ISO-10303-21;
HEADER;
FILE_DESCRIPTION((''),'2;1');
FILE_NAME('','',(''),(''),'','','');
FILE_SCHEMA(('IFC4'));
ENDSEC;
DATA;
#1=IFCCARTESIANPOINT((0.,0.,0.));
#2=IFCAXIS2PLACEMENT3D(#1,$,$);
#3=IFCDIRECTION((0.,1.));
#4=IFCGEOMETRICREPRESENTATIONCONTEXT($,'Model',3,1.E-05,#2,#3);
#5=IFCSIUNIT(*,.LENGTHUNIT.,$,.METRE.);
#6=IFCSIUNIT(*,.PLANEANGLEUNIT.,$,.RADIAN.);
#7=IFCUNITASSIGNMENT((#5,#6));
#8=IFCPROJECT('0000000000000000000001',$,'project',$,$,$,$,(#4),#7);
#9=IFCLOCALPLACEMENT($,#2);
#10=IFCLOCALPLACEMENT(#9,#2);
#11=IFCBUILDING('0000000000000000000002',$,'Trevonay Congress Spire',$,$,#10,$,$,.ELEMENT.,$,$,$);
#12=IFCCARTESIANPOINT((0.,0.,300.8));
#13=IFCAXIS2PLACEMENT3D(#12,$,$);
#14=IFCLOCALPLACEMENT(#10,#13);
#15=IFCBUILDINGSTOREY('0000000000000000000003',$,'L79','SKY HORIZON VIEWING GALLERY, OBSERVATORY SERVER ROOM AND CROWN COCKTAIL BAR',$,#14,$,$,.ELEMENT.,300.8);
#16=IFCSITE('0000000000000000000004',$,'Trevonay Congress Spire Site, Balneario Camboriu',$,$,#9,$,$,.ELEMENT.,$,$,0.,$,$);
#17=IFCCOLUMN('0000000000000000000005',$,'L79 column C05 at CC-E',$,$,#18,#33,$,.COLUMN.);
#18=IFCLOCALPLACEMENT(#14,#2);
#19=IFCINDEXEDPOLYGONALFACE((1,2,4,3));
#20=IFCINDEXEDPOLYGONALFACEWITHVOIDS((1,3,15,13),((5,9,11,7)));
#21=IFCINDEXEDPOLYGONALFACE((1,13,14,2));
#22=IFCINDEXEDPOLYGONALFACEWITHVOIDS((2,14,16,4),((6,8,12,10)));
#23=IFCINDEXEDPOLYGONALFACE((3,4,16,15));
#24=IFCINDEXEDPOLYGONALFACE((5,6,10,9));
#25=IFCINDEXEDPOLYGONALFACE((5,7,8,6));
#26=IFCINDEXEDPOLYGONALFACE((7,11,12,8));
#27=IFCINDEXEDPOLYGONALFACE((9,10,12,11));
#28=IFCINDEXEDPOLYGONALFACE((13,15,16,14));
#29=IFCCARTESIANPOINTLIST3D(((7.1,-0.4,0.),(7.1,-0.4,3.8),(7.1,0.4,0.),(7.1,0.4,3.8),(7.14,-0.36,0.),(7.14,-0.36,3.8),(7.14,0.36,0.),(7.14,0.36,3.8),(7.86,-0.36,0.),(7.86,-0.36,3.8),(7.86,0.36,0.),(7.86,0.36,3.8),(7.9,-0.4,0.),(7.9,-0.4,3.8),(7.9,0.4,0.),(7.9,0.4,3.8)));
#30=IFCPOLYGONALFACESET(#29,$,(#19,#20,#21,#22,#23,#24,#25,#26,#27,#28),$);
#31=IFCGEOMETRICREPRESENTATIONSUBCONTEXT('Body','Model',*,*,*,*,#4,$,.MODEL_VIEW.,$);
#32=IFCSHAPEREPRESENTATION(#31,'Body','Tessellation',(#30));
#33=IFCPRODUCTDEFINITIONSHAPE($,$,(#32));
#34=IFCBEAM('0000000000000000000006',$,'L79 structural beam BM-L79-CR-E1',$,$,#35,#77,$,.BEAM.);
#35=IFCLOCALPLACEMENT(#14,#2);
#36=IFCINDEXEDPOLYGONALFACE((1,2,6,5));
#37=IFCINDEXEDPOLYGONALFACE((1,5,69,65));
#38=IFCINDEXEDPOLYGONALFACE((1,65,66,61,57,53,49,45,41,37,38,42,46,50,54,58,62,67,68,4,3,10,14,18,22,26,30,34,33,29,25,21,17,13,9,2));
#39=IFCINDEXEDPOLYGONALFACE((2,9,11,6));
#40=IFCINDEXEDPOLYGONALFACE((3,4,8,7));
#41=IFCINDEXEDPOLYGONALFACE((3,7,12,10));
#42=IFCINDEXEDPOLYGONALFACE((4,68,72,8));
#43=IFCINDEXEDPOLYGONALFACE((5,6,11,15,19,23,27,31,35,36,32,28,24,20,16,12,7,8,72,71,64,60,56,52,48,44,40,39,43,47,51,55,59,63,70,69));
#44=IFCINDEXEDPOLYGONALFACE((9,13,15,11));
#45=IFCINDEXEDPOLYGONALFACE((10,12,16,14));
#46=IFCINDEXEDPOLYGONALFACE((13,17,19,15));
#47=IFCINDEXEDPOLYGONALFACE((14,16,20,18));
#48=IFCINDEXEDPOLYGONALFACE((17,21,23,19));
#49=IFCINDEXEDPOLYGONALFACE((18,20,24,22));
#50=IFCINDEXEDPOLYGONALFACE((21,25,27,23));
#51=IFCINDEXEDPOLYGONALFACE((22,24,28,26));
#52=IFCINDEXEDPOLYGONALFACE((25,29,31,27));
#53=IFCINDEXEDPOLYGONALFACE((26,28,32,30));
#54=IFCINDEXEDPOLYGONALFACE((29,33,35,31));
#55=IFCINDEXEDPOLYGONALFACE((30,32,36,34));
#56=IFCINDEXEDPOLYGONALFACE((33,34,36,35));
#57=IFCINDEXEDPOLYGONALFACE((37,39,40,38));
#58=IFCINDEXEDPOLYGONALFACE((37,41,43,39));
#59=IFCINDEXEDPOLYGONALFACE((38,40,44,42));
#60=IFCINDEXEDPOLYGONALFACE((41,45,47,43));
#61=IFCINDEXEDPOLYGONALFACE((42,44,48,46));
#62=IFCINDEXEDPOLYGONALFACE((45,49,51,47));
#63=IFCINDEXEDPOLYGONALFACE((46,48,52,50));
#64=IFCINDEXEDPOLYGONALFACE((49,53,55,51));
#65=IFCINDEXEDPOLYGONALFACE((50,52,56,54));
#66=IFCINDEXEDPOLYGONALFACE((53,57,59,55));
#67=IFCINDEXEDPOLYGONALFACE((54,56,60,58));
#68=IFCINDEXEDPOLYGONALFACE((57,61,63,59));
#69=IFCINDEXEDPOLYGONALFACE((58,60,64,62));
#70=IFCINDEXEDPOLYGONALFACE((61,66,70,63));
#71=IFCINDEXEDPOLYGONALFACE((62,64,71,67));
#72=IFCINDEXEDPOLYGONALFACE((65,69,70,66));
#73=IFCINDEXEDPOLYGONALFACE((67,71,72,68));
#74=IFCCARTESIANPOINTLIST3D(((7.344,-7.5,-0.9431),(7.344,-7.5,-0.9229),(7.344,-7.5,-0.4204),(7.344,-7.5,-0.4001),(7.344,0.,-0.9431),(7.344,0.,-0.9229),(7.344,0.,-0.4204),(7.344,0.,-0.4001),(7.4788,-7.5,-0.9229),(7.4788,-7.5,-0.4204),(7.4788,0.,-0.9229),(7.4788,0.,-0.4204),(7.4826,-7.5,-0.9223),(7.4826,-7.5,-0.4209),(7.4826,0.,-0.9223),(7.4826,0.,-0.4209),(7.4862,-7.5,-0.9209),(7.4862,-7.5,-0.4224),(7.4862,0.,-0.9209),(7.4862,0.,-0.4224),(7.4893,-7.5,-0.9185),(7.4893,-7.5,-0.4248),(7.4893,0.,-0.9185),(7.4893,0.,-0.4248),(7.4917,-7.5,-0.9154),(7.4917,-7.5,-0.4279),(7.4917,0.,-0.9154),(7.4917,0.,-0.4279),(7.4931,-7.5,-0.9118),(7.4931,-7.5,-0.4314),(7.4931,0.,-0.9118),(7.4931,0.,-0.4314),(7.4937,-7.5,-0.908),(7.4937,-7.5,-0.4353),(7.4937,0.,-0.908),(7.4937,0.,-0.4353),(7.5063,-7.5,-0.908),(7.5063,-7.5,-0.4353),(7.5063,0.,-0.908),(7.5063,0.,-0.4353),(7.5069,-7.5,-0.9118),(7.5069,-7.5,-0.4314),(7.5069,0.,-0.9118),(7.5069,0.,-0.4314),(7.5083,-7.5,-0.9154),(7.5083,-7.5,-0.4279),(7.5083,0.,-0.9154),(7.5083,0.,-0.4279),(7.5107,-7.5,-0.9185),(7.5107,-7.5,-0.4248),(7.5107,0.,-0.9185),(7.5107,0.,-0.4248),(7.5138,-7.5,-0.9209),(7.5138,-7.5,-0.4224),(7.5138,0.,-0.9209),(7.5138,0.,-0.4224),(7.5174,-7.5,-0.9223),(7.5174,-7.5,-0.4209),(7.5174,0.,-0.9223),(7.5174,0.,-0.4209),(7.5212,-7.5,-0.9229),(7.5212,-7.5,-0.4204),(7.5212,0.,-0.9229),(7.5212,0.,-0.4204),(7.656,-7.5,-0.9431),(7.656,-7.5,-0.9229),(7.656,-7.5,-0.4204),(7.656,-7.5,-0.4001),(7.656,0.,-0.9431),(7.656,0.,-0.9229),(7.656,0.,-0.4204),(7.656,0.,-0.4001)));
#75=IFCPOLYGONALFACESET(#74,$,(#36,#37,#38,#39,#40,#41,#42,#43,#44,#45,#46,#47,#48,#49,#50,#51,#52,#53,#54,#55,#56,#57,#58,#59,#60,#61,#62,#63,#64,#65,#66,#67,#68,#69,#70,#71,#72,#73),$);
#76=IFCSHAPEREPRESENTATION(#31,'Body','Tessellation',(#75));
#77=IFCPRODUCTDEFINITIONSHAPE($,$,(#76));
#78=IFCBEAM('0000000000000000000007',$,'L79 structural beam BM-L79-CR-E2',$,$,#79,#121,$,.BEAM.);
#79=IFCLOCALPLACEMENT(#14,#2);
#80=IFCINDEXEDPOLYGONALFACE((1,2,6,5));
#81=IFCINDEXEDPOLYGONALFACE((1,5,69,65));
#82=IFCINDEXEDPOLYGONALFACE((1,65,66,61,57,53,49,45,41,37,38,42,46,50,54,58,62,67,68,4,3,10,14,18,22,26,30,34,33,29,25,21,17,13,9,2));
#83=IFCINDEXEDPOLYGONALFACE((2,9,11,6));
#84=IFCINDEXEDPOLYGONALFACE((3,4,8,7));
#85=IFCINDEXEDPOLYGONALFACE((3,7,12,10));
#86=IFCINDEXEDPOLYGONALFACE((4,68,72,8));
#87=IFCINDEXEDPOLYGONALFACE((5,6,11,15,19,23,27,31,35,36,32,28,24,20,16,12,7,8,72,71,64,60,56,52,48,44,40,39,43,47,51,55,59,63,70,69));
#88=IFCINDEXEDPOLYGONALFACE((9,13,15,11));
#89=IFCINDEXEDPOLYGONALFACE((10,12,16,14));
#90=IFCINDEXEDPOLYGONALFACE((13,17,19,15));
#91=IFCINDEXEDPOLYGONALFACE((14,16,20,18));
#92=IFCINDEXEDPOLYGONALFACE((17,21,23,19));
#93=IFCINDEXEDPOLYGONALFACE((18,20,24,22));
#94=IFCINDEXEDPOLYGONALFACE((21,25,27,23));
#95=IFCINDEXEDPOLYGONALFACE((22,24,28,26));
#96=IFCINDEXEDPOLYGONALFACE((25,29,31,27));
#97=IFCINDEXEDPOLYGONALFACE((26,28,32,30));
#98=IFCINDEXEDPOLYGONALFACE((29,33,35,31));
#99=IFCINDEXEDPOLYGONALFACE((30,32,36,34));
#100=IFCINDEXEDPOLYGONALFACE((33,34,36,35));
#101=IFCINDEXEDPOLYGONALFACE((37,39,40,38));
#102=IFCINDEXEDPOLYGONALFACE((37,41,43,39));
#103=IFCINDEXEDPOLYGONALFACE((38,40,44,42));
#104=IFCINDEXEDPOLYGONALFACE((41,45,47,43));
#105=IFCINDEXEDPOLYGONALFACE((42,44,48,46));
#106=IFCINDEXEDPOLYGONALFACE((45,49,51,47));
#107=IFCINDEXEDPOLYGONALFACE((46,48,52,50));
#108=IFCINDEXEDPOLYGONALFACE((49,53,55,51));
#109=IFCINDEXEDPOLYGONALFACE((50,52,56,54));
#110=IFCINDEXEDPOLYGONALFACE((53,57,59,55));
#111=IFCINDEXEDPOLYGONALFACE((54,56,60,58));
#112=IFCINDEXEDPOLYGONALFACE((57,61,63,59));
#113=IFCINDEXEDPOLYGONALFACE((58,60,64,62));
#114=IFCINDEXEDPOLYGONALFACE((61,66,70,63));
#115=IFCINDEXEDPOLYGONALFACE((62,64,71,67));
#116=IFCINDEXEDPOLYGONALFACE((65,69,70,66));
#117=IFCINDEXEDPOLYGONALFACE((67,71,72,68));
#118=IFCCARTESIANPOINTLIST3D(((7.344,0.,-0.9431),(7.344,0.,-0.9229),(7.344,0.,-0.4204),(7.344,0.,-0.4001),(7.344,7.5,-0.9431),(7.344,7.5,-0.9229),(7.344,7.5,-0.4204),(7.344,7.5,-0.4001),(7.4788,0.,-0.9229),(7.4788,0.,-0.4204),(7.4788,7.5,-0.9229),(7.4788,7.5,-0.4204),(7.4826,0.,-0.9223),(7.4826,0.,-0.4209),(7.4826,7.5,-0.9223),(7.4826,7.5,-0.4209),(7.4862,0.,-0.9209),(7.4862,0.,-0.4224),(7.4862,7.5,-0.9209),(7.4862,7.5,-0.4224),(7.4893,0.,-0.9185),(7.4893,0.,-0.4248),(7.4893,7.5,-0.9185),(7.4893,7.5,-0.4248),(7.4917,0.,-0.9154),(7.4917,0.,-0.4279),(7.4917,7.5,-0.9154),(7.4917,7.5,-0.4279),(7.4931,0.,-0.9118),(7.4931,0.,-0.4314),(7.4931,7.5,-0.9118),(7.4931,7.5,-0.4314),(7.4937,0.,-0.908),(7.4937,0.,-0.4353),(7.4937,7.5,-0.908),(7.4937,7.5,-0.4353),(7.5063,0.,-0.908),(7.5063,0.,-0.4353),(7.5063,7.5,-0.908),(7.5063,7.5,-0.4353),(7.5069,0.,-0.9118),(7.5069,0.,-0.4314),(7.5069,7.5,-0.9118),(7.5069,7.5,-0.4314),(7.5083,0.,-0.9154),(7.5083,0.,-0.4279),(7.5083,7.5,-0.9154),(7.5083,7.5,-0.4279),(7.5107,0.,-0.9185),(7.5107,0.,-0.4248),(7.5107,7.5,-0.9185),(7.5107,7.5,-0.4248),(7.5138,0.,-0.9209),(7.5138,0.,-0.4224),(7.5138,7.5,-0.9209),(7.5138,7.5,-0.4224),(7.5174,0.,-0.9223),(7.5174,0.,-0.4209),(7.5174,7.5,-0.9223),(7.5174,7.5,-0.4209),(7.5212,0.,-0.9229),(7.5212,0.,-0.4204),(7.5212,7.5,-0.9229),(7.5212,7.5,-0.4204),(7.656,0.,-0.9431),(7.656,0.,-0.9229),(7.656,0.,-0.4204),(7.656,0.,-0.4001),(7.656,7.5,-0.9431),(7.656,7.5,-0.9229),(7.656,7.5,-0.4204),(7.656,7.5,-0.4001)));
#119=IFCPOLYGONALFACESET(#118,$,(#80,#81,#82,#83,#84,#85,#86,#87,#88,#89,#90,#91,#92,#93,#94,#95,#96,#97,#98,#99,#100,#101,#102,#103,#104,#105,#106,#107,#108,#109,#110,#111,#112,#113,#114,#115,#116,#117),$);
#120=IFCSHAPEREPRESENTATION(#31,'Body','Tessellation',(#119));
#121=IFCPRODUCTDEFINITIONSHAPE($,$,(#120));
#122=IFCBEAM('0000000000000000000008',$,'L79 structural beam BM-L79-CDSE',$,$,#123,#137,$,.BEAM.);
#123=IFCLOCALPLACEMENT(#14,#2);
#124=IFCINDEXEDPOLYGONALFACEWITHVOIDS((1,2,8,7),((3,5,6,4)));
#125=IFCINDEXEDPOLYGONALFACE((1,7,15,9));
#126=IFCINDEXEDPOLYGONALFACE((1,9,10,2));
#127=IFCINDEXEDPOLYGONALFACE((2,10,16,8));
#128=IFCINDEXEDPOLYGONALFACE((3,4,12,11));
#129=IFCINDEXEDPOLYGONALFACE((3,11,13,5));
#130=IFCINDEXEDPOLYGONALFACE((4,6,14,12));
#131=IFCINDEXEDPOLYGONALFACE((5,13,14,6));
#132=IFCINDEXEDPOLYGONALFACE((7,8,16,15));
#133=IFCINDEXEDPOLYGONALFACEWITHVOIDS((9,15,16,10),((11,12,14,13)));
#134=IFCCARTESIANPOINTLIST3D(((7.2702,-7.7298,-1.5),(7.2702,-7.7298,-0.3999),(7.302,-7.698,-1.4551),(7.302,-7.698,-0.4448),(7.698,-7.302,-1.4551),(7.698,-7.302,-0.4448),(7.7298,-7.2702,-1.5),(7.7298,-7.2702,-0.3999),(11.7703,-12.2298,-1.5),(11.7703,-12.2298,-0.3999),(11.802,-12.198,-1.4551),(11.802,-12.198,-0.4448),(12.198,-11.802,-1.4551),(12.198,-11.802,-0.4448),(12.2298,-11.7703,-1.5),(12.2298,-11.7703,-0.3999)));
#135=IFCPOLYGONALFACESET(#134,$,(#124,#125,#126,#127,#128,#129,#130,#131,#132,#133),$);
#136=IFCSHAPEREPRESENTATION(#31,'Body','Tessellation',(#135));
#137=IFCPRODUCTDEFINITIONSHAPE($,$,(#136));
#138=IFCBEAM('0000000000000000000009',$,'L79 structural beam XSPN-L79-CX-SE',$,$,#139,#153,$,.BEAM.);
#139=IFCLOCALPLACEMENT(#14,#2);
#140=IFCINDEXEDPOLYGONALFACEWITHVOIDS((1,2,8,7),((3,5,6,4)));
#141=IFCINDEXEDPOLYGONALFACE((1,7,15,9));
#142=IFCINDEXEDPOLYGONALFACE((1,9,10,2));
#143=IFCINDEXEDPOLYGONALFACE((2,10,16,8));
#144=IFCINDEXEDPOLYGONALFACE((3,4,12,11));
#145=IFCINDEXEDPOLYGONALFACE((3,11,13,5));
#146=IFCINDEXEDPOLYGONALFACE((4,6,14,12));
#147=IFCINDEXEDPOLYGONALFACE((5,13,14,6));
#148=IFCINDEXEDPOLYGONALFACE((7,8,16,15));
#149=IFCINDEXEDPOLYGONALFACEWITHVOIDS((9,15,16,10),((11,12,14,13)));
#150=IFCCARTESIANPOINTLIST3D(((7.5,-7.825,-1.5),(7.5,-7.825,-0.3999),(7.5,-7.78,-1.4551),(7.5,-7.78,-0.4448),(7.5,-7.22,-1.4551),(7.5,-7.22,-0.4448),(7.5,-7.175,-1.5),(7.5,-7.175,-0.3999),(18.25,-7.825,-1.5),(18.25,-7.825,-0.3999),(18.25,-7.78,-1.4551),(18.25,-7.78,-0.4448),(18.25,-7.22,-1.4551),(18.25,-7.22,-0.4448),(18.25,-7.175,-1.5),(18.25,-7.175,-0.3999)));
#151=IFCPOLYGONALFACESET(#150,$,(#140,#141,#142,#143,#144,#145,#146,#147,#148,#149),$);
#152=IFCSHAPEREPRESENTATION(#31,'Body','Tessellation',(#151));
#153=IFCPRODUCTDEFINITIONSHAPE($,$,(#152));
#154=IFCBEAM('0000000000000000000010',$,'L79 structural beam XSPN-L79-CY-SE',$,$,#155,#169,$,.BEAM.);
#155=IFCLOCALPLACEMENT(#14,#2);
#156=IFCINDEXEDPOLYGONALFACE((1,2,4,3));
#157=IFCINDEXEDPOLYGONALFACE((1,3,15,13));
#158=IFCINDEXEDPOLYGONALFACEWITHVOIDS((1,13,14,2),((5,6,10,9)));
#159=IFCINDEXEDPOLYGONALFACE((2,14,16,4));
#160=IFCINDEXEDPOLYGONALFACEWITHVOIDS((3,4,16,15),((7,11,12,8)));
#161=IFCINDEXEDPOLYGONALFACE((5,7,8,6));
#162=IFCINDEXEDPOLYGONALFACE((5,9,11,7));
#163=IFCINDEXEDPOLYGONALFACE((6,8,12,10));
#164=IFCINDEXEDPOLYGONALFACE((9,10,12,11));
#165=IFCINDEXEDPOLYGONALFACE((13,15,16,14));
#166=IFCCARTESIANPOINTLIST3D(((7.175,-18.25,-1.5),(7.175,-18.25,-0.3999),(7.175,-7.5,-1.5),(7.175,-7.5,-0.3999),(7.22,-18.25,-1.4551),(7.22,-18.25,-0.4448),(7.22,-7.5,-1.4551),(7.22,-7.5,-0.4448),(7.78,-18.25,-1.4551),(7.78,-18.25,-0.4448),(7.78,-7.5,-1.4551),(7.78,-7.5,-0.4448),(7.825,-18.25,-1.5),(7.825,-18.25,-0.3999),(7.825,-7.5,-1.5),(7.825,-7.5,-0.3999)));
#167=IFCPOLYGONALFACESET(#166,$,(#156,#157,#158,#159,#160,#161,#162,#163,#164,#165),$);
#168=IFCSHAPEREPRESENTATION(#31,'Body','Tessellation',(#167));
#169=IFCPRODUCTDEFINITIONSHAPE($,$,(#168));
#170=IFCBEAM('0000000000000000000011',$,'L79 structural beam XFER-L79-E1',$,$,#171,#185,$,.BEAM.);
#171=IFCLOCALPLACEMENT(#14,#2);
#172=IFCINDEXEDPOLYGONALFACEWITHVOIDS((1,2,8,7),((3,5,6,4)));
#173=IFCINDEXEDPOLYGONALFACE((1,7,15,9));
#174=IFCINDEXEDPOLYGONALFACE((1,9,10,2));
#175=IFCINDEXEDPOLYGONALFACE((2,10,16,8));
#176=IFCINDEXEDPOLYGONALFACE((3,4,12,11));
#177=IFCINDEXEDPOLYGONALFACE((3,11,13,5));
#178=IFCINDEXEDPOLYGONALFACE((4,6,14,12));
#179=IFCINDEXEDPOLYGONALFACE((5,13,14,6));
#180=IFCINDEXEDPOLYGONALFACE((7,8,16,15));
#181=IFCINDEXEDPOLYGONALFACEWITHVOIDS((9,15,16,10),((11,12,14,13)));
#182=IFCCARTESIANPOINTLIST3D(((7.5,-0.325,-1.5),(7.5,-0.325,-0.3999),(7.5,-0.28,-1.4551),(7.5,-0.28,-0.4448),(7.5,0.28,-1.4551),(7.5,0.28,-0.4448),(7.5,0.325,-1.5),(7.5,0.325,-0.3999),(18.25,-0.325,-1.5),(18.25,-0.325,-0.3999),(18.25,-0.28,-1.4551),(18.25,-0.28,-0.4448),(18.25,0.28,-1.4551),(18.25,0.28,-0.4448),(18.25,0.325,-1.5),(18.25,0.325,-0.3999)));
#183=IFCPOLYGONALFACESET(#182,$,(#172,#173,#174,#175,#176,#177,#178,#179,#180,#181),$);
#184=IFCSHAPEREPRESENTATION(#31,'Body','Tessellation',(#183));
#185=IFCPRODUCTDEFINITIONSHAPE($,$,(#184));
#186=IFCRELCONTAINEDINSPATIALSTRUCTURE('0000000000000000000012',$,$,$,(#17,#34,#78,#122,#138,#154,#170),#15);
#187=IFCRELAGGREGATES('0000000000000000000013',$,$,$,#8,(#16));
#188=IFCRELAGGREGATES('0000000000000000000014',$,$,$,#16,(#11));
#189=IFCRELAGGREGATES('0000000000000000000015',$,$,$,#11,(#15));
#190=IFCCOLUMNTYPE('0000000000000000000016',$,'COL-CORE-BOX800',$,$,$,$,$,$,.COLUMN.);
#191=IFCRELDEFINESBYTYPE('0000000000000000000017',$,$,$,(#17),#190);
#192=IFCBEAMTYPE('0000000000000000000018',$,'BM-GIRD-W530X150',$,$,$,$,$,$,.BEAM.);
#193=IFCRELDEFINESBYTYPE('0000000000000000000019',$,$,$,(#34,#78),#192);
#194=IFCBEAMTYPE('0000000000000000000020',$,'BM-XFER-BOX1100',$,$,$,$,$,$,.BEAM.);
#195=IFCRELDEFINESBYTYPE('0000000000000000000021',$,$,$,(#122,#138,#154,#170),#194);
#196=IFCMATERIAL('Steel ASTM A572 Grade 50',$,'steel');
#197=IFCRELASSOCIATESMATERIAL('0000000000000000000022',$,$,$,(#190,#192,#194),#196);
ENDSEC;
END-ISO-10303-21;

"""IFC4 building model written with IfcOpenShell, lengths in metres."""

from ifc_helpers import new_model, si_unit, direction, frame, origin, origin_2d, place, context, subcontext, project, spatial, hollow_rectangle, i_section, extrude, material, material_profile, profile_set, type_object, element, save


model = new_model("IFC4")

# Units and contexts
model_context = context("Model", 3, precision=1e-05, world=origin(), true_north=direction((0.0, 1.0)))
body_context = subcontext(model_context, "Body", "Model", "MODEL_VIEW")
ifc_project = project(units=[si_unit("LENGTHUNIT", "METRE"), si_unit("PLANEANGLEUNIT", "RADIAN")], contexts=[model_context])

# Site, building, storey
site_placement = place(None, origin())
site = spatial("IfcSite", under=ifc_project, at=site_placement, Name="Trevonay Congress Spire Site, Balneario Camboriu", CompositionType="ELEMENT", RefElevation=0.0)
building_placement = place(site_placement, origin())
building = spatial("IfcBuilding", under=site, at=building_placement, Name="Trevonay Congress Spire", CompositionType="ELEMENT")
storey_placement = place(building_placement, frame((0.0, 0.0, 300.8)))
storey = spatial("IfcBuildingStorey", under=building, at=storey_placement, Name="L79", Description="SKY HORIZON VIEWING GALLERY, OBSERVATORY SERVER ROOM AND CROWN COCKTAIL BAR", CompositionType="ELEMENT", Elevation=300.8)

# Column
ifc_material_1 = material(Name="Steel ASTM A572 Grade 50", Category="steel")
ifc_material_profile_1 = material_profile(ifc_material_1, hollow_rectangle(XDim=0.8, YDim=0.8, WallThickness=0.04, at=origin_2d()), Name="BOX 800x800x40")
ifc_profile_set_1 = profile_set([ifc_material_profile_1], Name="Steel ASTM A572 Grade 50")
column_type = type_object("IfcColumnType", Name="COL-CORE-BOX800", PredefinedType="COLUMN", material=ifc_profile_set_1)
column_placement = place(storey_placement, frame((7.5, 0.0, 0.0), z_axis=(0.0, 0.0, 1.0), x_axis=(1.0, 0.0, 0.0)))
element("IfcColumn", 1, at=column_placement, inside=storey, type_object=column_type, Name="L79 column C05 at CC-E", PredefinedType="COLUMN", context=body_context, shape_type="SweptSolid", body=[
    extrude(hollow_rectangle(XDim=0.8, YDim=0.8, WallThickness=0.04, at=origin_2d()), origin(), (0.0, 0.0, 1.0), 3.8),
])

# Beams
ifc_material_profile_2 = material_profile(ifc_material_1, i_section(OverallWidth=0.312, OverallDepth=0.543, WebThickness=0.0127, FlangeThickness=0.0203, FilletRadius=0.0149, at=origin_2d()), Name="W530x150")
ifc_profile_set_2 = profile_set([ifc_material_profile_2], Name="Steel ASTM A572 Grade 50")
beam_type_1 = type_object("IfcBeamType", Name="BM-GIRD-W530X150", PredefinedType="BEAM", material=ifc_profile_set_2)
for number, where, z_axis, x_axis, name in (
    (2, (7.5, -7.5, -0.6716), (0.0, 1.0, 0.0), (-1.0, 0.0, 0.0), "L79 structural beam BM-L79-CR-E1"),
    (3, (7.5, 0.0, -0.6716), (0.0, 1.0, 0.0), (-1.0, 0.0, 0.0), "L79 structural beam BM-L79-CR-E2"),
):
    element("IfcBeam", number, at=place(storey_placement, frame(where, z_axis=z_axis, x_axis=x_axis)), inside=storey, type_object=beam_type_1, Name=name, PredefinedType="BEAM", context=body_context, shape_type="SweptSolid", body=[
        extrude(i_section(OverallWidth=0.312, OverallDepth=0.543, WebThickness=0.0127, FlangeThickness=0.0203, FilletRadius=0.0149, at=origin_2d()), origin(), (0.0, 0.0, 1.0), 7.5),
    ])
ifc_material_profile_3 = material_profile(ifc_material_1, hollow_rectangle(XDim=0.6499, YDim=1.1001, WallThickness=0.0449, at=origin_2d()), Name="BOX 1100x650x45")
ifc_profile_set_3 = profile_set([ifc_material_profile_3], Name="Steel ASTM A572 Grade 50")
beam_type_2 = type_object("IfcBeamType", Name="BM-XFER-BOX1100", PredefinedType="BEAM", material=ifc_profile_set_3)
beam_1_placement = place(storey_placement, frame((7.5, -7.5, -0.95), z_axis=(0.707107, -0.707107, 0.0), x_axis=(0.707107, 0.707107, 0.0)))
element("IfcBeam", 4, at=beam_1_placement, inside=storey, type_object=beam_type_2, Name="L79 structural beam BM-L79-CDSE", PredefinedType="BEAM", context=body_context, shape_type="SweptSolid", body=[
    extrude(hollow_rectangle(XDim=0.6499, YDim=1.1001, WallThickness=0.0449, at=origin_2d()), origin(), (0.0, 0.0, 1.0), 6.364),
])
for number, where, z_axis, x_axis, name in (
    (5, (7.5, -7.5, -0.95), (1.0, 0.0, 0.0), (0.0, 1.0, 0.0), "L79 structural beam XSPN-L79-CX-SE"),
    (6, (7.5, -7.5, -0.95), (0.0, -1.0, 0.0), (1.0, 0.0, 0.0), "L79 structural beam XSPN-L79-CY-SE"),
    (7, (7.5, 0.0, -0.95), (1.0, 0.0, 0.0), (0.0, 1.0, 0.0), "L79 structural beam XFER-L79-E1"),
):
    element("IfcBeam", number, at=place(storey_placement, frame(where, z_axis=z_axis, x_axis=x_axis)), inside=storey, type_object=beam_type_2, Name=name, PredefinedType="BEAM", context=body_context, shape_type="SweptSolid", body=[
        extrude(hollow_rectangle(XDim=0.6499, YDim=1.1001, WallThickness=0.0449, at=origin_2d()), origin(), (0.0, 0.0, 1.0), 10.75),
    ])

save(model, "model.ifc")
